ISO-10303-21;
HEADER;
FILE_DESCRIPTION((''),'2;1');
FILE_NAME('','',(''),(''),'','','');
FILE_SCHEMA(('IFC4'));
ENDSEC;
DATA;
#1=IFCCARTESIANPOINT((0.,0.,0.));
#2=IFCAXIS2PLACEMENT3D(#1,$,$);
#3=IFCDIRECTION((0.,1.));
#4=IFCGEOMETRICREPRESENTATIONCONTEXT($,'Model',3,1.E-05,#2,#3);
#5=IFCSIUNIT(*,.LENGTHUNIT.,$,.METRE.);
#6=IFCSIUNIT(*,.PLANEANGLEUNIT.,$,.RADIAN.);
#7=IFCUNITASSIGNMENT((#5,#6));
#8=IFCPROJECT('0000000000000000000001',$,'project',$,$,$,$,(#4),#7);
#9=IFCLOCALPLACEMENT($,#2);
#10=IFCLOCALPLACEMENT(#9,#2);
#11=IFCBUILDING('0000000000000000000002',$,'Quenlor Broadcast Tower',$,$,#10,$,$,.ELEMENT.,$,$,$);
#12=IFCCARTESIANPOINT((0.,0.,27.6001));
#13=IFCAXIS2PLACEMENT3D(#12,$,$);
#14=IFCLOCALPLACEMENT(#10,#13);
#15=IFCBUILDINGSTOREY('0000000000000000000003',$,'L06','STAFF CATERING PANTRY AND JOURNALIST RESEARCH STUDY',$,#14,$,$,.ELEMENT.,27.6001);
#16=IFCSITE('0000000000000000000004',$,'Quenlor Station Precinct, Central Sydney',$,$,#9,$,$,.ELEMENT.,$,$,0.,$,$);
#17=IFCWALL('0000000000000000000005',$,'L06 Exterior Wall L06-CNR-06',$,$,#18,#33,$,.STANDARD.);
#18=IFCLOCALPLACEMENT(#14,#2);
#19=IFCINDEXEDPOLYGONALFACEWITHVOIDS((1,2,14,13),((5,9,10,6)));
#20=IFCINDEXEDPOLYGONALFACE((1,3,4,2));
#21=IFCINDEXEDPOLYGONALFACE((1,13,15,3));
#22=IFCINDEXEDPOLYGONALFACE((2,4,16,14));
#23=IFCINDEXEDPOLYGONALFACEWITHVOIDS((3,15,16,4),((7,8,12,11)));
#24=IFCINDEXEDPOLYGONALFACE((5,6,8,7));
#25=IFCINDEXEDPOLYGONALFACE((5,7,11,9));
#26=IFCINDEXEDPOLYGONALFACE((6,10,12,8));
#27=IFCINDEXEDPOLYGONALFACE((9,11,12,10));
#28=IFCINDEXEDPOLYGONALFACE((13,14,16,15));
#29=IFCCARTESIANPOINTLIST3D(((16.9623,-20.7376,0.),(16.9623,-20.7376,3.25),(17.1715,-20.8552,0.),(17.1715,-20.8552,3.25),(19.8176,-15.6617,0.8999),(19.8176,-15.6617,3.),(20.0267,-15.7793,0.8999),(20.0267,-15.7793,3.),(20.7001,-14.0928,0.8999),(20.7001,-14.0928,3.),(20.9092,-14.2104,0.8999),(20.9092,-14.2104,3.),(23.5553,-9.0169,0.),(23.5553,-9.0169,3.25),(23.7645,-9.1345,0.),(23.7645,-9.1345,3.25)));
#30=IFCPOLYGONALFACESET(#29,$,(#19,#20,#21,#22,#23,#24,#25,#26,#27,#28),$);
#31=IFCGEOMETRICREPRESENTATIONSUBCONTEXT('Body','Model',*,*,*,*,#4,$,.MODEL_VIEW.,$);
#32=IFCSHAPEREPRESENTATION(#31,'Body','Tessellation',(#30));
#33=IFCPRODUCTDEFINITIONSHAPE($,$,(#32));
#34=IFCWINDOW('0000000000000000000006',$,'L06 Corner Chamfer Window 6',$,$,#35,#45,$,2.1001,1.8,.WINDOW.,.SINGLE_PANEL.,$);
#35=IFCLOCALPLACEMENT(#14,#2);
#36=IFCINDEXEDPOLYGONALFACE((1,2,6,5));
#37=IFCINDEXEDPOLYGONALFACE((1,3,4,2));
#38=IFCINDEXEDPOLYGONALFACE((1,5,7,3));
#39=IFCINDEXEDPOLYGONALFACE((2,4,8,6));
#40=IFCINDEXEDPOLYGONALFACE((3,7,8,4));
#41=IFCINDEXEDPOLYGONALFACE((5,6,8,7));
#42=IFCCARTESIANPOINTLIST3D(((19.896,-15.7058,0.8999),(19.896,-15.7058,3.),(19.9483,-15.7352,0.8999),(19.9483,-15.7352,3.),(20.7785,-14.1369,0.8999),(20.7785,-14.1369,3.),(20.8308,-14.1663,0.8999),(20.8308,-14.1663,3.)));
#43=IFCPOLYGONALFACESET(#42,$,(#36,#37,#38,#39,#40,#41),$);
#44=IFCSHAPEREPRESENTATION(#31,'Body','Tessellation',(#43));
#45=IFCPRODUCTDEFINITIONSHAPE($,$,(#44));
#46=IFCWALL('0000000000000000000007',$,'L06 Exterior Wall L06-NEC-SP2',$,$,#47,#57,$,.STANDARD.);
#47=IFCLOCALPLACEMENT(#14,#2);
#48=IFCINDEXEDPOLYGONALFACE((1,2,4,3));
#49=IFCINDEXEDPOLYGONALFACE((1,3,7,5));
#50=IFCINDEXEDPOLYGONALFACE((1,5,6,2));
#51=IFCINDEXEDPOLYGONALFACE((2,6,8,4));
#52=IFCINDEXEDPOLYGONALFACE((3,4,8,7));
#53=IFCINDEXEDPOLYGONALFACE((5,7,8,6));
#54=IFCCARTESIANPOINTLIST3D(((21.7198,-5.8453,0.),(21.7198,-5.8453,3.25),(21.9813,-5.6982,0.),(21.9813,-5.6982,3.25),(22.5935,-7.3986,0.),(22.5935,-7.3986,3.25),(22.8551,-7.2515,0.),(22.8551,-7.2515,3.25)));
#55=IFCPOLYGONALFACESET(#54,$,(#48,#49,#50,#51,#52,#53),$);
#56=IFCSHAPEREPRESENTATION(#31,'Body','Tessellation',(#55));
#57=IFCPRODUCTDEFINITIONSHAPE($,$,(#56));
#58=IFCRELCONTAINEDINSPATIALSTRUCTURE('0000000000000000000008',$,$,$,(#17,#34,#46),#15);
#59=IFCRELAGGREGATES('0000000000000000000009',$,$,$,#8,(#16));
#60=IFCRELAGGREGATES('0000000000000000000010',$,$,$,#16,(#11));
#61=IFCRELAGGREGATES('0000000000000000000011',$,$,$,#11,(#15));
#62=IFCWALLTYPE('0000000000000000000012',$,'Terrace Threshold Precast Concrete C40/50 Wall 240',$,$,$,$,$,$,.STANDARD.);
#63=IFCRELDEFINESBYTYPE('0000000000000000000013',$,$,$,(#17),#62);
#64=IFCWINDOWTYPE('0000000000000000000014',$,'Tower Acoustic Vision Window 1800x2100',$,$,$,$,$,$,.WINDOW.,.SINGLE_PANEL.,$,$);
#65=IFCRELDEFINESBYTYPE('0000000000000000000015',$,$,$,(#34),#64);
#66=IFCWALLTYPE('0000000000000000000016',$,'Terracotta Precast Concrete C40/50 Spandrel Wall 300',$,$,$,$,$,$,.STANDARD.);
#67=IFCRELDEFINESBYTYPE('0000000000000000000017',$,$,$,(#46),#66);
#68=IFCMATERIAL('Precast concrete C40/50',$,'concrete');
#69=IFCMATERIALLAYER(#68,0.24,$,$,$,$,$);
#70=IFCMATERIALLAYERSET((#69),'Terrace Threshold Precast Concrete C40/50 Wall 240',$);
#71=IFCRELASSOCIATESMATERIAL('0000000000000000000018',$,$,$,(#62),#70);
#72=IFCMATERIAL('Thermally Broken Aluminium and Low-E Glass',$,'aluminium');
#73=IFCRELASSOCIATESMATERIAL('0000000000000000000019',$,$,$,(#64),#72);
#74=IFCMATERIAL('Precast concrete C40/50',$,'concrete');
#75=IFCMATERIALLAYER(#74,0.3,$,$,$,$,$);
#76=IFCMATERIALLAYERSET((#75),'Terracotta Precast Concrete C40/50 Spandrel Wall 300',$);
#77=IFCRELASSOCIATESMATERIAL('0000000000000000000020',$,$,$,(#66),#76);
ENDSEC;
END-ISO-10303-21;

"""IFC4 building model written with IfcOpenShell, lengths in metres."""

from ifc_helpers import new_model, si_unit, direction, frame, frame_2d, origin, place, context, subcontext, project, spatial, rectangle, extrude, material, layer, layer_set, type_object, element, fill, save


model = new_model("IFC4")

# Units and contexts
model_context = context("Model", 3, precision=1e-05, world=origin(), true_north=direction((0.0, 1.0)))
body_context = subcontext(model_context, "Body", "Model", "MODEL_VIEW")
ifc_project = project(units=[si_unit("LENGTHUNIT", "METRE"), si_unit("PLANEANGLEUNIT", "RADIAN")], contexts=[model_context])

# Site, building, storey
site_placement = place(None, origin())
site = spatial("IfcSite", under=ifc_project, at=site_placement, Name="Quenlor Station Precinct, Central Sydney", CompositionType="ELEMENT", RefElevation=0.0)
building_placement = place(site_placement, origin())
building = spatial("IfcBuilding", under=site, at=building_placement, Name="Quenlor Broadcast Tower", CompositionType="ELEMENT")
storey_placement = place(building_placement, frame((0.0, 0.0, 27.6001)))
storey = spatial("IfcBuildingStorey", under=building, at=storey_placement, Name="L06", Description="STAFF CATERING PANTRY AND JOURNALIST RESEARCH STUDY", CompositionType="ELEMENT", Elevation=27.6001)

# Shared definitions
ifc_material_1 = material(Name="Precast concrete C40/50", Category="concrete")
ifc_layer_1 = layer(ifc_material_1, 0.24)
ifc_layer_set_1 = layer_set([ifc_layer_1], Name="Terrace Threshold Precast Concrete C40/50 Wall 240")
wall_type_1 = type_object("IfcWallType", Name="Terrace Threshold Precast Concrete C40/50 Wall 240", PredefinedType="STANDARD", material=ifc_layer_set_1)

# Wall, opening, window
wall_1_placement = place(storey_placement, frame((17.0669, -20.7964, 0.0), z_axis=(0.0, 0.0, 1.0), x_axis=(0.490268, 0.871572, 0.0)))
wall_1 = element("IfcWall", 1, at=wall_1_placement, inside=storey, type_object=wall_type_1, Name="L06 Exterior Wall L06-CNR-06", PredefinedType="STANDARD", context=body_context, shape_type="SweptSolid", body=[
    extrude(rectangle(XDim=13.4478, YDim=0.24, at=frame_2d((6.7239, 0.0))), origin(), (0.0, 0.0, 1.0), 3.25),
])
opening_placement = place(wall_1_placement, frame((5.824, 0.0, 0.8999)))
opening = element("IfcOpeningElement", 2, at=opening_placement, cuts=wall_1, PredefinedType="OPENING", context=body_context, shape_type="SweptSolid", body=[
    extrude(rectangle(XDim=1.8, YDim=2.1001, at=frame_2d((0.8999, 1.05))), frame((0.0, 0.1299, 0.0), z_axis=(0.0, -1.0, 0.0), x_axis=(1.0, 0.0, 0.0)), (0.0, 0.0, 1.0), 0.26),
])
ifc_material_2 = material(Name="Thermally Broken Aluminium and Low-E Glass", Category="aluminium")
window_type = type_object("IfcWindowType", Name="Tower Acoustic Vision Window 1800x2100", PartitioningType="SINGLE_PANEL", PredefinedType="WINDOW", material=ifc_material_2)
window_placement = place(opening_placement, origin())
window = element("IfcWindow", 3, at=window_placement, inside=storey, type_object=window_type, Name="L06 Corner Chamfer Window 6", OverallHeight=2.1001, OverallWidth=1.8, PartitioningType="SINGLE_PANEL", PredefinedType="WINDOW", context=body_context, shape_type="SweptSolid", body=[
    extrude(rectangle(XDim=1.8, YDim=2.1001, at=frame_2d((0.8999, 1.05))), frame((0.0, 0.03, 0.0), z_axis=(0.0, -1.0, 0.0), x_axis=(1.0, 0.0, 0.0)), (0.0, 0.0, 1.0), 0.0601),
])
fill(opening, window)

# Wall
ifc_material_3 = material(Name="Precast concrete C40/50", Category="concrete")
ifc_layer_2 = layer(ifc_material_3, 0.3)
ifc_layer_set_2 = layer_set([ifc_layer_2], Name="Terracotta Precast Concrete C40/50 Spandrel Wall 300")
wall_type_2 = type_object("IfcWallType", Name="Terracotta Precast Concrete C40/50 Spandrel Wall 300", PredefinedType="STANDARD", material=ifc_layer_set_2)
wall_2_placement = place(storey_placement, frame((21.8506, -5.7717, 0.0), z_axis=(0.0, 0.0, 1.0), x_axis=(0.490242, -0.871587, 0.0)))
element("IfcWall", 4, at=wall_2_placement, inside=storey, type_object=wall_type_2, Name="L06 Exterior Wall L06-NEC-SP2", PredefinedType="STANDARD", context=body_context, shape_type="SweptSolid", body=[
    extrude(rectangle(XDim=1.7822, YDim=0.3, at=frame_2d((0.8911, 0.0))), origin(), (0.0, 0.0, 1.0), 3.25),
])

save(model, "model.ifc")
